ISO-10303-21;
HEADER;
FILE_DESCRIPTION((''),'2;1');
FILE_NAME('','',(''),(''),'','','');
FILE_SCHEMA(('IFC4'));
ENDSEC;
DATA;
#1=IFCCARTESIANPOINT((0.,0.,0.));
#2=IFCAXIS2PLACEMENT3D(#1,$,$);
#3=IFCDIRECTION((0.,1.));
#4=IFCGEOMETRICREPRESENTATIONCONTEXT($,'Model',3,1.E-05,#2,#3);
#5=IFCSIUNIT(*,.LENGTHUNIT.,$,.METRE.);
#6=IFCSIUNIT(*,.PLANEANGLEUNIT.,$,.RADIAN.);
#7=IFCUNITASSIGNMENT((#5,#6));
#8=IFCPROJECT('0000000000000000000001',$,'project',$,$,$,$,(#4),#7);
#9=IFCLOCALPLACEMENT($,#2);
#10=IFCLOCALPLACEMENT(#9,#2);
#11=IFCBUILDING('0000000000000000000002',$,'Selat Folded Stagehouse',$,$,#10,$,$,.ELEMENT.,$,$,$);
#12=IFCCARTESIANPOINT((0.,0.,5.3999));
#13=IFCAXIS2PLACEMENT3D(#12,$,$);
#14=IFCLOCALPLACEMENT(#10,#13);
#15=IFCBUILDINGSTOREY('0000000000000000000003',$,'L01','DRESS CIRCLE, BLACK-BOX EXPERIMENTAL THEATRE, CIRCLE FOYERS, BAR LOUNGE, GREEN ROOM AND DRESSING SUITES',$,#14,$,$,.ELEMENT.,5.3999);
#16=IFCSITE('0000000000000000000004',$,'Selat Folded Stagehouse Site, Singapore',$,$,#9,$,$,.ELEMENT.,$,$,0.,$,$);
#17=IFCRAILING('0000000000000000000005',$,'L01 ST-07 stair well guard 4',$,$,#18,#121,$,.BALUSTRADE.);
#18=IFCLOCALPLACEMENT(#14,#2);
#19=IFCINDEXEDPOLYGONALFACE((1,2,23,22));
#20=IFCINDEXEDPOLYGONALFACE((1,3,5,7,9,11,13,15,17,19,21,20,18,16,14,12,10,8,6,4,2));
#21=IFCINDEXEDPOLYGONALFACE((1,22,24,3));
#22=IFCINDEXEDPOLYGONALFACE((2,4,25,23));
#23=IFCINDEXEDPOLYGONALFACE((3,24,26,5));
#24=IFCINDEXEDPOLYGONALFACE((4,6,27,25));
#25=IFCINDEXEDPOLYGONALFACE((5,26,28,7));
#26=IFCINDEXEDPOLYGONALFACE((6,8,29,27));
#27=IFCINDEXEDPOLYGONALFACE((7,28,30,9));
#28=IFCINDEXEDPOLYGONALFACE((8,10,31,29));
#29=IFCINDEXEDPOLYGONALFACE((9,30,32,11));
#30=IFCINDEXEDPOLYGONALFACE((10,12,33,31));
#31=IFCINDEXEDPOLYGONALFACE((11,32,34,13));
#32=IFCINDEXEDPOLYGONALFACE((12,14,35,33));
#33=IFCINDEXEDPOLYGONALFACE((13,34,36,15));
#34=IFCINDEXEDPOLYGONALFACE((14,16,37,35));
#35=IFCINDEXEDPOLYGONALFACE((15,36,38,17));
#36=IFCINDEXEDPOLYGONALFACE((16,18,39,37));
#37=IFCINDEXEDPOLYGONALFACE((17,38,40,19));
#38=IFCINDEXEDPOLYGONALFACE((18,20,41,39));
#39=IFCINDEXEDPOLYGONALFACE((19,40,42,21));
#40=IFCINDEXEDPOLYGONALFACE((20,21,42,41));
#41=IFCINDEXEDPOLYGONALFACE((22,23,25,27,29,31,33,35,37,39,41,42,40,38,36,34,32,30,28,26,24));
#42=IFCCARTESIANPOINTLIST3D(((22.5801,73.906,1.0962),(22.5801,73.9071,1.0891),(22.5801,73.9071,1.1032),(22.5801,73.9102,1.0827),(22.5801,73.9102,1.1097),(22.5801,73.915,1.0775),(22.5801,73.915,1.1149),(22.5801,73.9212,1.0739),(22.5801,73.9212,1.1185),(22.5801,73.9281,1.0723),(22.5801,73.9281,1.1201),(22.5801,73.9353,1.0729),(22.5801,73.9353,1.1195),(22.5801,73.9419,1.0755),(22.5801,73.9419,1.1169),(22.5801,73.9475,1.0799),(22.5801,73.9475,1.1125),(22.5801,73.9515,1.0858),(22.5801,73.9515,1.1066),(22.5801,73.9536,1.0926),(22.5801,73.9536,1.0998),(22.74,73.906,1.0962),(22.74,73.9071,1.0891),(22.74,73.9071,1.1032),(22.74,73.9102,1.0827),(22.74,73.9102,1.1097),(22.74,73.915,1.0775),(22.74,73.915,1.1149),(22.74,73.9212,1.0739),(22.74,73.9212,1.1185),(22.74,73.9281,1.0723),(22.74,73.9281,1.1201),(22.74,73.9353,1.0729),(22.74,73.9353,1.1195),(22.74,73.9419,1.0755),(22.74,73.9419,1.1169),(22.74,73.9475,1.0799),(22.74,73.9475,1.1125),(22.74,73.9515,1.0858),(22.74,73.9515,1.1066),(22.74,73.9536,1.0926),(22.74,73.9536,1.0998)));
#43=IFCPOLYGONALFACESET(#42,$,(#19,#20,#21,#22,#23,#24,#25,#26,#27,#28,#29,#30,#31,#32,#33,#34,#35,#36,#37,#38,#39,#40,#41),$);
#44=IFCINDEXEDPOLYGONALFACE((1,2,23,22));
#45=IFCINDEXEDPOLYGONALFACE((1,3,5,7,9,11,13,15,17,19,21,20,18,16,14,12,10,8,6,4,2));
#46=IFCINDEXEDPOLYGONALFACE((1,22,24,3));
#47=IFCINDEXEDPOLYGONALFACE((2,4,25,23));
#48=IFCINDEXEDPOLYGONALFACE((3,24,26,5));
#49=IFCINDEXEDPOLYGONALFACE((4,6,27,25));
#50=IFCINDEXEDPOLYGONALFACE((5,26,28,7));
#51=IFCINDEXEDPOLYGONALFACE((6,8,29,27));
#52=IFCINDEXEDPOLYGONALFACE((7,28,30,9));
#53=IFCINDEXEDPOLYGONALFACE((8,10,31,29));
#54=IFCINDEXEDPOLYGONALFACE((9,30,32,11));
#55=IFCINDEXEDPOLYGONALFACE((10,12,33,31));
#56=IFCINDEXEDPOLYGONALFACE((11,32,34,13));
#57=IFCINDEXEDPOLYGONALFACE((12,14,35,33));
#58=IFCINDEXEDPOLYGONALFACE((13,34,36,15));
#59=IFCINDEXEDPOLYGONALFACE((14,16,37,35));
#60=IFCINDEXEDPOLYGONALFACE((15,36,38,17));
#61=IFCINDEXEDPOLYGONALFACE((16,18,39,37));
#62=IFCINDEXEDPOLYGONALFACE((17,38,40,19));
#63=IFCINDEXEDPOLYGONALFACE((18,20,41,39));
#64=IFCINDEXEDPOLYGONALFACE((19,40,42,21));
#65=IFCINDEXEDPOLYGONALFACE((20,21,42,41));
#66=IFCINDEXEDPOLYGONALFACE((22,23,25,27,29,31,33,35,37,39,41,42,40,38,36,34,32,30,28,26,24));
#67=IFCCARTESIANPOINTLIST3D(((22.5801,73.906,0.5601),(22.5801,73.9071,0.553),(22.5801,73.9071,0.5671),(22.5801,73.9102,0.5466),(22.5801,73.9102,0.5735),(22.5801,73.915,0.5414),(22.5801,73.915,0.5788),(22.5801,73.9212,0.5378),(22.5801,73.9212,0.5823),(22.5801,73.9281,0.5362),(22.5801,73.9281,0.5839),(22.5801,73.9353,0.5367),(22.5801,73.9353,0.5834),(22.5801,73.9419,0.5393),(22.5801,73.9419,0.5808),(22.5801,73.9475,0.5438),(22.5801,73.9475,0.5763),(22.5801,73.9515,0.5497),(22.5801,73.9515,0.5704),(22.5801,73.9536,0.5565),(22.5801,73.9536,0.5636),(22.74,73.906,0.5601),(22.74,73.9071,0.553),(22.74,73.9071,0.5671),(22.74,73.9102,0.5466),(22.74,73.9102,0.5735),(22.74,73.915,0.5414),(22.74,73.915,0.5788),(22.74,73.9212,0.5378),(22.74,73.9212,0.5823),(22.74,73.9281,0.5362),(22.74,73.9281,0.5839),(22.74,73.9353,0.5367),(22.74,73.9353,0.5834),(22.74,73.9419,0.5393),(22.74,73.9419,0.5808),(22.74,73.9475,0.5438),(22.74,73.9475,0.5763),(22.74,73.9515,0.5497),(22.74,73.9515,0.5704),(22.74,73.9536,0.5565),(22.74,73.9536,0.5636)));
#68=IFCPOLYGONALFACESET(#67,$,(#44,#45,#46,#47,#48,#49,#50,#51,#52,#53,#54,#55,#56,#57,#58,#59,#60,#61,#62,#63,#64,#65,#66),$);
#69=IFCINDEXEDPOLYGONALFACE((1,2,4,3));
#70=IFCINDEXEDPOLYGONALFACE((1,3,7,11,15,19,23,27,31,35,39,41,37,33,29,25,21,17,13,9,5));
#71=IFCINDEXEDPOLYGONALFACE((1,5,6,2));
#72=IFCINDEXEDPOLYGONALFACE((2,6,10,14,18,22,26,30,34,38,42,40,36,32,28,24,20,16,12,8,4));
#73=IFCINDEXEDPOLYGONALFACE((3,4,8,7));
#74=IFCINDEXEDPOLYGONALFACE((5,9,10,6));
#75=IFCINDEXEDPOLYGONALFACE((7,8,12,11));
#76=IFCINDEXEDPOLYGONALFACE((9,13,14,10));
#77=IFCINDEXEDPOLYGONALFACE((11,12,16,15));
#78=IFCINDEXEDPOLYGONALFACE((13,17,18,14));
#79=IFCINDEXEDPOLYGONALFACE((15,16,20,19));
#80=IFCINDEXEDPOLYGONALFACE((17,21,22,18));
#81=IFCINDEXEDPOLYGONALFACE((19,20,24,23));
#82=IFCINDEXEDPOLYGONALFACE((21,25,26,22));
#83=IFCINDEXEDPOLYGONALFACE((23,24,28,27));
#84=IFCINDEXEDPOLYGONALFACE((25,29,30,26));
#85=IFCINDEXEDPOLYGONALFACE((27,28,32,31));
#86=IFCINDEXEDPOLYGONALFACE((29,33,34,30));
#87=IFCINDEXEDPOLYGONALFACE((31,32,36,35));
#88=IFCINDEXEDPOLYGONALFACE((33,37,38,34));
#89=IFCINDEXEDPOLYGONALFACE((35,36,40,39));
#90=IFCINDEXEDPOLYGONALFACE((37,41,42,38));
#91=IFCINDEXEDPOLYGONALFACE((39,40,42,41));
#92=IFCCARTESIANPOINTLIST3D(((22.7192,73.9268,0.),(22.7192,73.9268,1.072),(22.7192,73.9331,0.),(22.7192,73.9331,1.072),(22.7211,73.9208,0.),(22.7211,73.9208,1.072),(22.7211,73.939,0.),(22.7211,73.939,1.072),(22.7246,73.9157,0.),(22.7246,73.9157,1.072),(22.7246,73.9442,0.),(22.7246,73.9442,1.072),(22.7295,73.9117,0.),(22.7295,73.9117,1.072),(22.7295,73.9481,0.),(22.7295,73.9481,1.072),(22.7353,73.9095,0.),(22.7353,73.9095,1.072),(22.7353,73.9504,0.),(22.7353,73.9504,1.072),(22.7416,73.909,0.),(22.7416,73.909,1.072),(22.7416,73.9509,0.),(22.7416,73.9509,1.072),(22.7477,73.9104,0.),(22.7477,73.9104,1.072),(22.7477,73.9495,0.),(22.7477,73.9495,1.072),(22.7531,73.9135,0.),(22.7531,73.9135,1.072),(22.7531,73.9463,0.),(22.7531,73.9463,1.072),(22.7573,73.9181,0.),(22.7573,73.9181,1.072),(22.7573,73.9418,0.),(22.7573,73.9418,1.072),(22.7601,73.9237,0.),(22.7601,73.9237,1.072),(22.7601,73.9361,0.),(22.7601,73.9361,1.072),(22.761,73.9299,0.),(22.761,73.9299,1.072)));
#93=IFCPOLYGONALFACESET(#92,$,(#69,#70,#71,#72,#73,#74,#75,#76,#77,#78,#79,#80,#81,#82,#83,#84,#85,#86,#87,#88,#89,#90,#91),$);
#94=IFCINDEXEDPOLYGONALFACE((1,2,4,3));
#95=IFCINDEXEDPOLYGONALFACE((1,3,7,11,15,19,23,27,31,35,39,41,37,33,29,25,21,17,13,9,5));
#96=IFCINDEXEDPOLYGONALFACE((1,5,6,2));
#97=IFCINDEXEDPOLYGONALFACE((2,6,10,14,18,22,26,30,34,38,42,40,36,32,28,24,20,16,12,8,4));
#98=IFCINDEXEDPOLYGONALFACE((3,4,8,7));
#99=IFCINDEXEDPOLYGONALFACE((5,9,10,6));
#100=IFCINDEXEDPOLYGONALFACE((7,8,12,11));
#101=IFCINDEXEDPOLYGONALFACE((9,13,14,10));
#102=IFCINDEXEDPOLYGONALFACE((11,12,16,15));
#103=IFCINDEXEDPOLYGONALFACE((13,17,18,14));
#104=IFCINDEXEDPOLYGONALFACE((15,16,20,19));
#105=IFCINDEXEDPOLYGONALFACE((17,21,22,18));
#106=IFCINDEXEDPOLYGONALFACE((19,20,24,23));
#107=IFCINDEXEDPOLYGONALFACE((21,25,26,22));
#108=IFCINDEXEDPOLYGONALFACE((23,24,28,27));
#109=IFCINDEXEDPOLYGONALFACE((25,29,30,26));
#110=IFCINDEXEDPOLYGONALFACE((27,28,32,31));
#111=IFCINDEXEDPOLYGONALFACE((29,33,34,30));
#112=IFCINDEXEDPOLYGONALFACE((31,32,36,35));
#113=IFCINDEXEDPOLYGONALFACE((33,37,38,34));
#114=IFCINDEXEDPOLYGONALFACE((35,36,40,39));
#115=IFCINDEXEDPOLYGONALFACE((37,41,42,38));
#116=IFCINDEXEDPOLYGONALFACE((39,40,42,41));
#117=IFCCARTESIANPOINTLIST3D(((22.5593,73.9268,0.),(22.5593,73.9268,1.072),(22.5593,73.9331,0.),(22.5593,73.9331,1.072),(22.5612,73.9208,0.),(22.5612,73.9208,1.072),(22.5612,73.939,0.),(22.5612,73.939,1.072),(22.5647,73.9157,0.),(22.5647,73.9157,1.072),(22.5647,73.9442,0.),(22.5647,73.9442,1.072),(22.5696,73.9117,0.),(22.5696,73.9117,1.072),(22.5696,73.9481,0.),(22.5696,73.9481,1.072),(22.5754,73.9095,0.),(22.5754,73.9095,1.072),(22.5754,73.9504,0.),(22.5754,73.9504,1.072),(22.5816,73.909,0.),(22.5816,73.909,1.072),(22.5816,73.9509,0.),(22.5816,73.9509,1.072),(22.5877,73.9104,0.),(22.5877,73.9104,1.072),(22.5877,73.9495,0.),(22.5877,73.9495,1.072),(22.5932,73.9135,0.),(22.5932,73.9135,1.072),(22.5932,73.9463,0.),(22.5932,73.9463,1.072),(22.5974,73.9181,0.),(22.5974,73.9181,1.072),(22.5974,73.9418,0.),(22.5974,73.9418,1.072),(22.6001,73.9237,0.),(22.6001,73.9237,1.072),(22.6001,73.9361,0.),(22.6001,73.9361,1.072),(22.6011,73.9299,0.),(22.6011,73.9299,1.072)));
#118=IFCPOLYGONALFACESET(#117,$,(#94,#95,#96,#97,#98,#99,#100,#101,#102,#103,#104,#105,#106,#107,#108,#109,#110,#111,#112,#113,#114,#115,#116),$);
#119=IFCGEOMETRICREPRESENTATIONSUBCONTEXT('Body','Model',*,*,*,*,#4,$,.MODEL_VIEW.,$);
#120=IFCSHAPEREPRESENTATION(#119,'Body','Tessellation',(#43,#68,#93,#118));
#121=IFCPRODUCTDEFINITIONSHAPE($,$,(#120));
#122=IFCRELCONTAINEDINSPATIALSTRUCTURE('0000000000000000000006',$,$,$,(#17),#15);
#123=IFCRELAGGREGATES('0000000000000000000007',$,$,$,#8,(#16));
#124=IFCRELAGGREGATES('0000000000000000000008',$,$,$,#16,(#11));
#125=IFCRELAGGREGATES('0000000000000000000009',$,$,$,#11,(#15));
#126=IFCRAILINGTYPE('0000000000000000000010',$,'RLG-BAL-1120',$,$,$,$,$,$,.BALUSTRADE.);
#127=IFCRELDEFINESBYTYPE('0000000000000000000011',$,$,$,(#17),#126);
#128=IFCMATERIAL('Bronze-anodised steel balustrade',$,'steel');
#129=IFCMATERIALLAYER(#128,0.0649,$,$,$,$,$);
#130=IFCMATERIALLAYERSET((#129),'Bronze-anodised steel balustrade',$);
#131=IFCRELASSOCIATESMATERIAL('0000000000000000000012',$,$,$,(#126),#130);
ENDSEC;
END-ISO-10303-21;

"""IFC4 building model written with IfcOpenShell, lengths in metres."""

from ifc_helpers import new_model, si_unit, direction, frame, origin, origin_2d, place, context, subcontext, project, spatial, circle, extrude, material, layer, layer_set, type_object, element, save


model = new_model("IFC4")

# Units and contexts
model_context = context("Model", 3, precision=1e-05, world=origin(), true_north=direction((0.0, 1.0)))
body_context = subcontext(model_context, "Body", "Model", "MODEL_VIEW")
ifc_project = project(units=[si_unit("LENGTHUNIT", "METRE"), si_unit("PLANEANGLEUNIT", "RADIAN")], contexts=[model_context])

# Site, building, storey
site_placement = place(None, origin())
site = spatial("IfcSite", under=ifc_project, at=site_placement, Name="Selat Folded Stagehouse Site, Singapore", CompositionType="ELEMENT", RefElevation=0.0)
building_placement = place(site_placement, origin())
building = spatial("IfcBuilding", under=site, at=building_placement, Name="Selat Folded Stagehouse", CompositionType="ELEMENT")
storey_placement = place(building_placement, frame((0.0, 0.0, 5.3999)))
storey = spatial("IfcBuildingStorey", under=building, at=storey_placement, Name="L01", Description="DRESS CIRCLE, BLACK-BOX EXPERIMENTAL THEATRE, CIRCLE FOYERS, BAR LOUNGE, GREEN ROOM AND DRESSING SUITES", CompositionType="ELEMENT", Elevation=5.3999)

# Railing
ifc_material_1 = material(Name="Bronze-anodised steel balustrade", Category="steel")
ifc_layer_1 = layer(ifc_material_1, 0.0649)
ifc_layer_set_1 = layer_set([ifc_layer_1], Name="Bronze-anodised steel balustrade")
railing_type_1 = type_object("IfcRailingType", Name="RLG-BAL-1120", PredefinedType="BALUSTRADE", material=ifc_layer_set_1)
railing_1_placement = place(storey_placement, frame((22.74, 73.9299, 0.0)))
element("IfcRailing", 1, at=railing_1_placement, inside=storey, type_object=railing_type_1, Name="L01 ST-07 stair well guard 4", PredefinedType="BALUSTRADE", context=body_context, shape_type="SweptSolid", body=[
    extrude(circle(Radius=0.0239, at=origin_2d()), frame((0.0, 0.0, 1.0962), z_axis=(-1.0, 0.0, 0.0), x_axis=(0.0, -1.0, 0.0)), (0.0, 0.0, 1.0), 0.1599),
    extrude(circle(Radius=0.0239, at=origin_2d()), frame((0.0, 0.0, 0.5601), z_axis=(-1.0, 0.0, 0.0), x_axis=(0.0, -1.0, 0.0)), (0.0, 0.0, 1.0), 0.1599),
    extrude(circle(Radius=0.021, at=origin_2d()), origin(), (0.0, 0.0, 1.0), 1.072),
    extrude(circle(Radius=0.021, at=origin_2d()), frame((-0.1599, 0.0, 0.0)), (0.0, 0.0, 1.0), 1.072),
])

save(model, "model.ifc")
